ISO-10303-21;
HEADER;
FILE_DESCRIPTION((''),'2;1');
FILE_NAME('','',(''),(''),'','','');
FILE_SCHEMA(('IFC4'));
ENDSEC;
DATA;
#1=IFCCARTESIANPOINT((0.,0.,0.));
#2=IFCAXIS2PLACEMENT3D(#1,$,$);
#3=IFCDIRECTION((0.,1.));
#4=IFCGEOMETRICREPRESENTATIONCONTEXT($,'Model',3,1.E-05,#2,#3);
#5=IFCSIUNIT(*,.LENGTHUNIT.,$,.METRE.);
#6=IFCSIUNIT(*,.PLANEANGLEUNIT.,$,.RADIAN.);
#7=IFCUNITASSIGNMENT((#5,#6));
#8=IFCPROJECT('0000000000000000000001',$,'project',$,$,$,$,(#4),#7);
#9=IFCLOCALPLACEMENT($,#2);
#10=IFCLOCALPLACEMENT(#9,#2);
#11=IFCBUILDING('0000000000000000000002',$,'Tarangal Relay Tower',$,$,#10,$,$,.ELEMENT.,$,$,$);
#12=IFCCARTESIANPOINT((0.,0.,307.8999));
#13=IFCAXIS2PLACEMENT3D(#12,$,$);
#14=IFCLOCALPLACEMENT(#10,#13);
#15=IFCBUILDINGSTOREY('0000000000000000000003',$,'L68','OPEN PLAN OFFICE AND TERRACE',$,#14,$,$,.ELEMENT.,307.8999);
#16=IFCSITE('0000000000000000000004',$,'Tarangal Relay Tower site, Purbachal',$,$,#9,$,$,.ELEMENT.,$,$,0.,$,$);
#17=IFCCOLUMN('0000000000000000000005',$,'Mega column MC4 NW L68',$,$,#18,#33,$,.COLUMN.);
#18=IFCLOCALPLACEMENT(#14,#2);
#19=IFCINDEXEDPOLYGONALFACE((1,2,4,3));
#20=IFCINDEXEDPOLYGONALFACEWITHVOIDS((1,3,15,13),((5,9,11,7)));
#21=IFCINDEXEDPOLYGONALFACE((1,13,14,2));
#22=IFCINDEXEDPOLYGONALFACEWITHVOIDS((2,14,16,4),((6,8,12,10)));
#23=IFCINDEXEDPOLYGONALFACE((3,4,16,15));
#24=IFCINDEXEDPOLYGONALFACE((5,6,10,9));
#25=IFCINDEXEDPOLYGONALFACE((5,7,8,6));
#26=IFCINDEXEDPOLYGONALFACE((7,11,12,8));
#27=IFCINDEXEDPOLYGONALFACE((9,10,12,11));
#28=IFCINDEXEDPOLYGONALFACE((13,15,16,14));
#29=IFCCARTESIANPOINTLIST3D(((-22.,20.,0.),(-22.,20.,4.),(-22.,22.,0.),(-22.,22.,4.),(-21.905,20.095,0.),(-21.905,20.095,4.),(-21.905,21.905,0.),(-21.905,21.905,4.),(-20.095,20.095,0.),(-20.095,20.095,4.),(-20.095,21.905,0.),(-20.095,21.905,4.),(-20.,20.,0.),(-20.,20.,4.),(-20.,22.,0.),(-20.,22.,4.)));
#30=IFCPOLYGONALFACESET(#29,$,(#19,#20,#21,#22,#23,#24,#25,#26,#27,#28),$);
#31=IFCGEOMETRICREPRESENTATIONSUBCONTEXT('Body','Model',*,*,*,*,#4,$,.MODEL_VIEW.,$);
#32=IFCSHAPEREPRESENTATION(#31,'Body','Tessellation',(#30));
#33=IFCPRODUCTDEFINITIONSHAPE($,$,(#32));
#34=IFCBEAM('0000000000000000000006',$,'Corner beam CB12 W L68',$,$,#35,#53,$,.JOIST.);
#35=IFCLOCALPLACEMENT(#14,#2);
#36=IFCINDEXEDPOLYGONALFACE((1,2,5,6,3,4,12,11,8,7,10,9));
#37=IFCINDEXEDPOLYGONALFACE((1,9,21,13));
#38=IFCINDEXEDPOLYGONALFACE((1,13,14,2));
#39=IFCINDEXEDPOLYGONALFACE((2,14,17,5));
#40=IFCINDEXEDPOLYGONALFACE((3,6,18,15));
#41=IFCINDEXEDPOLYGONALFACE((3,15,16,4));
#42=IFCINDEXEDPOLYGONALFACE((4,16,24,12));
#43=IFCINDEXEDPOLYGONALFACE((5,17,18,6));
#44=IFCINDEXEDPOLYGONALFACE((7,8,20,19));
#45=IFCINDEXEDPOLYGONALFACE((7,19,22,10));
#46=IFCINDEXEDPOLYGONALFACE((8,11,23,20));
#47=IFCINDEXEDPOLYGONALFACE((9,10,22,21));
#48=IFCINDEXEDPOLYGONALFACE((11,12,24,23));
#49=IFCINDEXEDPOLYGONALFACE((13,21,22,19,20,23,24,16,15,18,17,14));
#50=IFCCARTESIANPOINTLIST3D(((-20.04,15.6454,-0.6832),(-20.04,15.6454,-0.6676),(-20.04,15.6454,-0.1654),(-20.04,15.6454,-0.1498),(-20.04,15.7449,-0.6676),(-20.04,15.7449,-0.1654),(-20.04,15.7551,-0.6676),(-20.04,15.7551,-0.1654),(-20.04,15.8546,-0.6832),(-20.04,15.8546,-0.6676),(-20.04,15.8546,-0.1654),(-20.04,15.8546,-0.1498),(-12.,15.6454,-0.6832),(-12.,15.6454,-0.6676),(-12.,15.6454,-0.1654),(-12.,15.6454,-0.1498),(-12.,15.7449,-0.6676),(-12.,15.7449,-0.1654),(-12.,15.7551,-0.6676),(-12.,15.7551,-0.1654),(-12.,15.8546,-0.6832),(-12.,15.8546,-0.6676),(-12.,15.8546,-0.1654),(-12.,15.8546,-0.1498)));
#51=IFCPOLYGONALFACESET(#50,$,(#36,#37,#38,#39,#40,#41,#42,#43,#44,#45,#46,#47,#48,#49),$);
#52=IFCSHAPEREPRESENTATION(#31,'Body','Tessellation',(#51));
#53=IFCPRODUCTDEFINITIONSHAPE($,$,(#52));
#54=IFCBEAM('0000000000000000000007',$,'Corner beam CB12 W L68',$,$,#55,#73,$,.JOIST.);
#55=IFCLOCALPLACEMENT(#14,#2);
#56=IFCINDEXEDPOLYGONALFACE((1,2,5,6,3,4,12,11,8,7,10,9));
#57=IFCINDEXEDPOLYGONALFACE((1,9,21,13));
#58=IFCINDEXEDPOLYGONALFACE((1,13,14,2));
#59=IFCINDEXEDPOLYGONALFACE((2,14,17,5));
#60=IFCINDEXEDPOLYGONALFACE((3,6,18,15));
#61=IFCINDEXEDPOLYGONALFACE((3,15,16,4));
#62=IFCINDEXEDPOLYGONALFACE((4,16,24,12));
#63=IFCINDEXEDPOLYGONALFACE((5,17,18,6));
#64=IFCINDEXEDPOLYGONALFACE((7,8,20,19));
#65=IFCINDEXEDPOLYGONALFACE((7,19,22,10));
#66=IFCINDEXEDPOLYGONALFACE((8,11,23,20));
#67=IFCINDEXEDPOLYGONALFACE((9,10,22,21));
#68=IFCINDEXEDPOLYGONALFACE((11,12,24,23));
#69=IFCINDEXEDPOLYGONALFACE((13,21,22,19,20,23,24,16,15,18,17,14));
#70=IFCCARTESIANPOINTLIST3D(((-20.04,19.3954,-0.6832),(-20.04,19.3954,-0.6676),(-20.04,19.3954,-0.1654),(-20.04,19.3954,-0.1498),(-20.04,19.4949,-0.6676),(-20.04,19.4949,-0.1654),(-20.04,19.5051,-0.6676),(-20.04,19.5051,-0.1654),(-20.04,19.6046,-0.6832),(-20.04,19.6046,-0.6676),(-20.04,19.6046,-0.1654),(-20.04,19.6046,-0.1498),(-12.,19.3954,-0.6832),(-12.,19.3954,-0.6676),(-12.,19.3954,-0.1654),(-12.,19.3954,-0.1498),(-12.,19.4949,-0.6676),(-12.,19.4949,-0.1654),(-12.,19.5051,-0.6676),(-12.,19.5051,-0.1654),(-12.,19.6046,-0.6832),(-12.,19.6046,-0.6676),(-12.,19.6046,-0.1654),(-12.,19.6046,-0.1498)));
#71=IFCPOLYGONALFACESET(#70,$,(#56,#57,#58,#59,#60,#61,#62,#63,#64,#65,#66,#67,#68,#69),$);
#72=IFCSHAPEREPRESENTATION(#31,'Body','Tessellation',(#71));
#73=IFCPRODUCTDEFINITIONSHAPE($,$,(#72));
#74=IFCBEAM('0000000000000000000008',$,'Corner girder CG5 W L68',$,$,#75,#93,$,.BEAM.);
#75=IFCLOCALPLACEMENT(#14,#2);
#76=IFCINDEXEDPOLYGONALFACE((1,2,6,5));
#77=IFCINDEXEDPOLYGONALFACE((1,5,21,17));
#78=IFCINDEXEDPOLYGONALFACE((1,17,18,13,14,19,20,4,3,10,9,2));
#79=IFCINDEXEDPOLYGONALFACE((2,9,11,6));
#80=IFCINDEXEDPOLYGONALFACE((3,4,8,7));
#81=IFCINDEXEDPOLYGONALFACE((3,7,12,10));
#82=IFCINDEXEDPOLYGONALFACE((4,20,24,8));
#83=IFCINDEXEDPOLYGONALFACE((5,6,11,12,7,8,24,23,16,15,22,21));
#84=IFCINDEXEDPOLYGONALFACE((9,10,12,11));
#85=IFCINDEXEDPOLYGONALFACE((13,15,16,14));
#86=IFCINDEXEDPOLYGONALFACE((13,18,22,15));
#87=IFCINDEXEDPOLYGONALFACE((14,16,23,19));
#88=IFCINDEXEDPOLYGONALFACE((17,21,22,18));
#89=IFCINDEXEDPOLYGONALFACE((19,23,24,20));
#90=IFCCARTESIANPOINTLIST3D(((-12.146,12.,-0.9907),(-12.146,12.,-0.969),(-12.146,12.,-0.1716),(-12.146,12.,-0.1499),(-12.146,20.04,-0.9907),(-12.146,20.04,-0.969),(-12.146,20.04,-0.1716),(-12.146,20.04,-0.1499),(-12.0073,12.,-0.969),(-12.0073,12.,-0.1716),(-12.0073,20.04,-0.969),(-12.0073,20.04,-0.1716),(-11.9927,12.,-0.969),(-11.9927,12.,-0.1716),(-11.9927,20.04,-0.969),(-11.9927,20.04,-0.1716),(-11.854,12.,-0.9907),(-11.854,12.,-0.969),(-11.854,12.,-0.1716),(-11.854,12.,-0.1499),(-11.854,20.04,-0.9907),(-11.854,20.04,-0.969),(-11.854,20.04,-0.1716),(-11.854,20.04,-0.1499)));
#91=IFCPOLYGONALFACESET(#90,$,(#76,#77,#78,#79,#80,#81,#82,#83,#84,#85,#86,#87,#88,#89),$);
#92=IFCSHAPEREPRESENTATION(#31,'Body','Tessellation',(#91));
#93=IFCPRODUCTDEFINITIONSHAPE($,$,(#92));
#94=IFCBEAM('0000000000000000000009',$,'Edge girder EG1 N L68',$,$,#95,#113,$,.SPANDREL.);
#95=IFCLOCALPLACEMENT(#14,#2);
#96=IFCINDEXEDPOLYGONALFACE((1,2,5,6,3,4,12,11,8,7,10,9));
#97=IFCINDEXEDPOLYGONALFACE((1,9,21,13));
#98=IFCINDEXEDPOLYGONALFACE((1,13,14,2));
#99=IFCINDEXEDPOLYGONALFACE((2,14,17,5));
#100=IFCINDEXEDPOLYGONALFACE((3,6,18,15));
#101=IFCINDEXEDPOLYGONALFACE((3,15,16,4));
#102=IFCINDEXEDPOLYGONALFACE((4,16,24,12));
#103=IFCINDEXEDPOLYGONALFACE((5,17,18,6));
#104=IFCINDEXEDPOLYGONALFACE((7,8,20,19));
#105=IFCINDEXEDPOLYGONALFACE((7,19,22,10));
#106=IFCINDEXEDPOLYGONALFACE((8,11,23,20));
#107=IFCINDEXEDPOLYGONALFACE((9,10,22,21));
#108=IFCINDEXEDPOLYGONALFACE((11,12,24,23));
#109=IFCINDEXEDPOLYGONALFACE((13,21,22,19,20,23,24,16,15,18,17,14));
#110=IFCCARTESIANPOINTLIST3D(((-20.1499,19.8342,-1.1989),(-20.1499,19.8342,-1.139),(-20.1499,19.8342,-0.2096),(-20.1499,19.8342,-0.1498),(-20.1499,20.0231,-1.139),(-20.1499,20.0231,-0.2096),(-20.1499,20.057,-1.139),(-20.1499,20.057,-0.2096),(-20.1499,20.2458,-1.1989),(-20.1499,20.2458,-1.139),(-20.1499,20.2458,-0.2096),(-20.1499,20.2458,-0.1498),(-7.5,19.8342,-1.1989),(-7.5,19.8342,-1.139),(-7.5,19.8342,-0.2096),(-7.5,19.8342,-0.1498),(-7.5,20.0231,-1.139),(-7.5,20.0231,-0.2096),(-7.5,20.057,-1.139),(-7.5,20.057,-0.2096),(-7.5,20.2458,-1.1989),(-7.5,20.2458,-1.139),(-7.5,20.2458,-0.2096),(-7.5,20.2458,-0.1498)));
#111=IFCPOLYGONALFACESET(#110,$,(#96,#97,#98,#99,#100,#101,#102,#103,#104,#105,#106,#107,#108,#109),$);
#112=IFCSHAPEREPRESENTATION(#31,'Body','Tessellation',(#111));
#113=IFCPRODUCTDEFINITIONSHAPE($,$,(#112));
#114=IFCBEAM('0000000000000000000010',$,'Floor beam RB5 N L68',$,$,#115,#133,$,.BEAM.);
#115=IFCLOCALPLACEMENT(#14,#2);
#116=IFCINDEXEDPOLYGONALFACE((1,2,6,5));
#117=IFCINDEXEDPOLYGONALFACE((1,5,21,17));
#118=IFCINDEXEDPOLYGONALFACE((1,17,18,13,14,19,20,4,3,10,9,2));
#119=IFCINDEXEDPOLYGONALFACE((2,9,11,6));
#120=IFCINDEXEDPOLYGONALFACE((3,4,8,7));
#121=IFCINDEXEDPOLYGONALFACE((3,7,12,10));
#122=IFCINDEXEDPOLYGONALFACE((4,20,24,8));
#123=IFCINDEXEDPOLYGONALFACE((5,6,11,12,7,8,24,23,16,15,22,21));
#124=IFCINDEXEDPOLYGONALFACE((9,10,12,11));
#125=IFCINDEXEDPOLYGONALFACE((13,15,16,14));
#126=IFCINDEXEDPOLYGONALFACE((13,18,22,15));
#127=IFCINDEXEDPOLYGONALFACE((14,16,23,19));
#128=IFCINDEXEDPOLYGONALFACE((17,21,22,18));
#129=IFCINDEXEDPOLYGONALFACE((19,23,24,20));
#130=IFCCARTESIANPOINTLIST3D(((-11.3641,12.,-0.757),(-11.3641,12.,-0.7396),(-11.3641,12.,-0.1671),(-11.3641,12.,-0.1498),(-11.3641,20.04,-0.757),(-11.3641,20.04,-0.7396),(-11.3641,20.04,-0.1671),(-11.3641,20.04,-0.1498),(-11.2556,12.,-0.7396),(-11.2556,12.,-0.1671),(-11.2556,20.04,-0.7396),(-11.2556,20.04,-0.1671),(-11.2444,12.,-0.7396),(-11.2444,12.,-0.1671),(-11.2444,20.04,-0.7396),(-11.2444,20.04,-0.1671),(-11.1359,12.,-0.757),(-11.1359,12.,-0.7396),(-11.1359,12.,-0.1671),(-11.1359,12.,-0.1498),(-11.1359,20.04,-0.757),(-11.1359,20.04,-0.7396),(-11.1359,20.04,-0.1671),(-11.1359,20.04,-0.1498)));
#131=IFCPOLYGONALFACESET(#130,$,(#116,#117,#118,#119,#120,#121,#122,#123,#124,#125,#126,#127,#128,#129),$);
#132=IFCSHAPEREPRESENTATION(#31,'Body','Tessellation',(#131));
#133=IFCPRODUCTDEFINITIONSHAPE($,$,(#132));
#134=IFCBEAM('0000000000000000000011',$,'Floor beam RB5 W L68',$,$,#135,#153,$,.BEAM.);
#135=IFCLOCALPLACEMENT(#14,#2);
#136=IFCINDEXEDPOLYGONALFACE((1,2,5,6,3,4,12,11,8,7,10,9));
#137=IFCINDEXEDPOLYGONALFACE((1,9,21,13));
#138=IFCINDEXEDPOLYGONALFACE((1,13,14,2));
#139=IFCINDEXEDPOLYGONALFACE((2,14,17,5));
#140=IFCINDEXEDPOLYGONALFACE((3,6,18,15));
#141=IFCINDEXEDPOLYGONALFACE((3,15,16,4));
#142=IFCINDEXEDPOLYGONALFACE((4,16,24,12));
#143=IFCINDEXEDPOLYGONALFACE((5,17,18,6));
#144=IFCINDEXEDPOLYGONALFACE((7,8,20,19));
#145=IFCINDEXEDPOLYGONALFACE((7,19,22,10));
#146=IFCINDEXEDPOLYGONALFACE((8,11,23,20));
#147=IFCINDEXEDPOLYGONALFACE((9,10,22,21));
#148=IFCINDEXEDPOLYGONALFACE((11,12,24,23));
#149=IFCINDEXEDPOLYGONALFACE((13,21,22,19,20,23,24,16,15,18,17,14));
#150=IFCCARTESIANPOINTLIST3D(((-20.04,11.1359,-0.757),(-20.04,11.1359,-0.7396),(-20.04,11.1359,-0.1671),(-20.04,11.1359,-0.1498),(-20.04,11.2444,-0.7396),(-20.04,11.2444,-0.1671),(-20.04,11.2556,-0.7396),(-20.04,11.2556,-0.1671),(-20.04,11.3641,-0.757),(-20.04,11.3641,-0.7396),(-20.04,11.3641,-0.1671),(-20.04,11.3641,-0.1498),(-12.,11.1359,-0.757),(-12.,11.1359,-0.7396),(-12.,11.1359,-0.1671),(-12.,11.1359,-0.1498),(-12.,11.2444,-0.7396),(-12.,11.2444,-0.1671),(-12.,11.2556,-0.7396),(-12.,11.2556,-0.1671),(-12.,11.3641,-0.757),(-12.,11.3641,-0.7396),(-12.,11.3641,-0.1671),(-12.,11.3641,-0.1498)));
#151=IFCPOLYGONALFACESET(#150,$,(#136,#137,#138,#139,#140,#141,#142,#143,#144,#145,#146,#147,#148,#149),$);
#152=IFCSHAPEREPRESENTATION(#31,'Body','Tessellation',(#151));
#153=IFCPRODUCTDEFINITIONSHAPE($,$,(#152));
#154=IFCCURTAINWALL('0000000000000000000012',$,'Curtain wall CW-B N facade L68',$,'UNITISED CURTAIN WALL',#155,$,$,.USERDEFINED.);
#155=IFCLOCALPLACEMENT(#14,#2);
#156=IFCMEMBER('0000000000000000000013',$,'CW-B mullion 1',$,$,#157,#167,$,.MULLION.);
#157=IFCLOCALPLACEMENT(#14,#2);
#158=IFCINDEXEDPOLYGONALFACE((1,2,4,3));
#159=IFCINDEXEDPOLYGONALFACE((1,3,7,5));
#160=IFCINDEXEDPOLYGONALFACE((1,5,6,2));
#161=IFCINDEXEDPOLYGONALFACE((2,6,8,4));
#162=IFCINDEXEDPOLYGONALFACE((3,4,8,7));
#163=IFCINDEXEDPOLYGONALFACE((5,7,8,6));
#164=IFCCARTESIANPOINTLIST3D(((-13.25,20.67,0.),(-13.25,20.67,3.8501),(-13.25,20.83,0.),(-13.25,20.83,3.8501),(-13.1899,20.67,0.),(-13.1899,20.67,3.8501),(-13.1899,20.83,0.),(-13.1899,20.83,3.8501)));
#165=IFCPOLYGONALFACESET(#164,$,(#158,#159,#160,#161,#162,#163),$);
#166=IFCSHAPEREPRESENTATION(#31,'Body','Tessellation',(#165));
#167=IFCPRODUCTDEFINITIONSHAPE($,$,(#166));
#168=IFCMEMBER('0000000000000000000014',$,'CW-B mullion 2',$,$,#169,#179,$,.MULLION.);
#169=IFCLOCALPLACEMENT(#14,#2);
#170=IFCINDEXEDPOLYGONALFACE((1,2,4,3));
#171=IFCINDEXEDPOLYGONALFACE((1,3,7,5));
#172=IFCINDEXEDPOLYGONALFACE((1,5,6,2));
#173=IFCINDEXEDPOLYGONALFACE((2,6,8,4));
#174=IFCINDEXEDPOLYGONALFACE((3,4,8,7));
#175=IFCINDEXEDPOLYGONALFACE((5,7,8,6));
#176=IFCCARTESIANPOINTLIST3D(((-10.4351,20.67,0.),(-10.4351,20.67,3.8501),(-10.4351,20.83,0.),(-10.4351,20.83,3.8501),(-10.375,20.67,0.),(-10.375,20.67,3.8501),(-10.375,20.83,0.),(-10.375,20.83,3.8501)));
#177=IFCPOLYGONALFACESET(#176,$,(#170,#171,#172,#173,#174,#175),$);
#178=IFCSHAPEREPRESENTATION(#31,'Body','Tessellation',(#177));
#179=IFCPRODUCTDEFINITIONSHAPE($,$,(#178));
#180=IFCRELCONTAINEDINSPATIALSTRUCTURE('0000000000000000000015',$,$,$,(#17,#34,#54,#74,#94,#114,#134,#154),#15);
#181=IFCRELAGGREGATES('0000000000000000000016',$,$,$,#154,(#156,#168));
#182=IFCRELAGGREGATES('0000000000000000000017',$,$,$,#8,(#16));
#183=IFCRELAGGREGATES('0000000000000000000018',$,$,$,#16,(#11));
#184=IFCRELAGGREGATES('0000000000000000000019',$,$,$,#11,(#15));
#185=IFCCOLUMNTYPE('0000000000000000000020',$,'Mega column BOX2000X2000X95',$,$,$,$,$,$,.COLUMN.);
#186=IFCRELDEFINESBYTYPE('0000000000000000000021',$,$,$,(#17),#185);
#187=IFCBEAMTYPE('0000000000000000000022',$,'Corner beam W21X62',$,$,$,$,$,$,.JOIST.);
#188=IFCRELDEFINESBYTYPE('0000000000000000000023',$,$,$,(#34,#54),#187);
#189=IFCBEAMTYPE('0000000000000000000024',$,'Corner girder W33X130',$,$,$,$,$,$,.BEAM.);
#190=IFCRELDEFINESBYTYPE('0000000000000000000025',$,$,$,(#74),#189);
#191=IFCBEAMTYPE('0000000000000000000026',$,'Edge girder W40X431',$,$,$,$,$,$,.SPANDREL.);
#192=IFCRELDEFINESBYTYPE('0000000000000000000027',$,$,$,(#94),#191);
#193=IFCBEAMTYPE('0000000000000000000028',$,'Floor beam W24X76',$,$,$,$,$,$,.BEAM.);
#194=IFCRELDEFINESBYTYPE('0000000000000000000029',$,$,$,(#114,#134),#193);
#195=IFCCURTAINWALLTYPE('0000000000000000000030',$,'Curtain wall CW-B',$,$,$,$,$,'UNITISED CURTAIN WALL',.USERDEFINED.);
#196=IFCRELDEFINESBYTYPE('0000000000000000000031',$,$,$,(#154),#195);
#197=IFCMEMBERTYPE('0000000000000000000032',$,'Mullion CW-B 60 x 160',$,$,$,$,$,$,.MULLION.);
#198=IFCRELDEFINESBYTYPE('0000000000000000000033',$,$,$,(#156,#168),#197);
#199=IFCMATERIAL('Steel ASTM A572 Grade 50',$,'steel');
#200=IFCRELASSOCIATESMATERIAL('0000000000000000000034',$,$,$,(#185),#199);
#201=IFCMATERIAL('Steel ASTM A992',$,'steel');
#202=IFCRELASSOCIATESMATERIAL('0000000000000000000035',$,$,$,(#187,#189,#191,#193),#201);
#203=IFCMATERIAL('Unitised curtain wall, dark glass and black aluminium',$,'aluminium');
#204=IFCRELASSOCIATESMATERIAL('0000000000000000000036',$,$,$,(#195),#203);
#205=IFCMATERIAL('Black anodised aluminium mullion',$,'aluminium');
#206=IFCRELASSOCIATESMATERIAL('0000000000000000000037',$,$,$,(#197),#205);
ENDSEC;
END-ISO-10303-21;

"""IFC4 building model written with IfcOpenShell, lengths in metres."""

from ifc_helpers import new_model, si_unit, direction, frame, origin, origin_2d, place, context, subcontext, project, spatial, rectangle, hollow_rectangle, i_section, extrude, material, material_profile, profile_set, type_object, element, aggregate, save


model = new_model("IFC4")

# Units and contexts
model_context = context("Model", 3, precision=1e-05, world=origin(), true_north=direction((0.0, 1.0)))
body_context = subcontext(model_context, "Body", "Model", "MODEL_VIEW")
ifc_project = project(units=[si_unit("LENGTHUNIT", "METRE"), si_unit("PLANEANGLEUNIT", "RADIAN")], contexts=[model_context])

# Site, building, storey
site_placement = place(None, origin())
site = spatial("IfcSite", under=ifc_project, at=site_placement, Name="Tarangal Relay Tower site, Purbachal", CompositionType="ELEMENT", RefElevation=0.0)
building_placement = place(site_placement, origin())
building = spatial("IfcBuilding", under=site, at=building_placement, Name="Tarangal Relay Tower", CompositionType="ELEMENT")
storey_placement = place(building_placement, frame((0.0, 0.0, 307.8999)))
storey = spatial("IfcBuildingStorey", under=building, at=storey_placement, Name="L68", Description="OPEN PLAN OFFICE AND TERRACE", CompositionType="ELEMENT", Elevation=307.8999)

# Column
ifc_material_1 = material(Name="Steel ASTM A572 Grade 50", Category="steel")
ifc_material_profile_1 = material_profile(ifc_material_1, hollow_rectangle(XDim=2.0, YDim=2.0, WallThickness=0.095, at=origin_2d()), Name="BOX2000X2000X95")
ifc_profile_set_1 = profile_set([ifc_material_profile_1], Name="Steel ASTM A572 Grade 50")
column_type = type_object("IfcColumnType", Name="Mega column BOX2000X2000X95", PredefinedType="COLUMN", material=ifc_profile_set_1)
column_placement = place(storey_placement, frame((-21.0, 21.0, 0.0), z_axis=(0.0, 0.0, 1.0), x_axis=(1.0, 0.0, 0.0)))
element("IfcColumn", 1, at=column_placement, inside=storey, type_object=column_type, Name="Mega column MC4 NW L68", PredefinedType="COLUMN", context=body_context, shape_type="SweptSolid", body=[
    extrude(hollow_rectangle(XDim=2.0, YDim=2.0, WallThickness=0.095, at=origin_2d()), origin(), (0.0, 0.0, 1.0), 4.0),
])

# Beams
ifc_material_2 = material(Name="Steel ASTM A992", Category="steel")
ifc_material_profile_2 = material_profile(ifc_material_2, i_section(OverallWidth=0.2092, OverallDepth=0.5334, WebThickness=0.0103, FlangeThickness=0.0156, at=origin_2d()), Name="W21X62")
ifc_profile_set_2 = profile_set([ifc_material_profile_2], Name="Steel ASTM A992")
beam_type_1 = type_object("IfcBeamType", Name="Corner beam W21X62", PredefinedType="JOIST", material=ifc_profile_set_2)
for number, where, z_axis, x_axis, name in (
    (2, (-12.0, 15.75, -0.4165), (-1.0, 0.0, 0.0), (0.0, -1.0, 0.0), "Corner beam CB12 W L68"),
    (3, (-12.0, 19.5, -0.4165), (-1.0, 0.0, 0.0), (0.0, -1.0, 0.0), "Corner beam CB12 W L68"),
):
    element("IfcBeam", number, at=place(storey_placement, frame(where, z_axis=z_axis, x_axis=x_axis)), inside=storey, type_object=beam_type_1, Name=name, PredefinedType="JOIST", context=body_context, shape_type="SweptSolid", body=[
        extrude(i_section(OverallWidth=0.2092, OverallDepth=0.5334, WebThickness=0.0103, FlangeThickness=0.0156, at=origin_2d()), origin(), (0.0, 0.0, 1.0), 8.04),
    ])
ifc_material_profile_3 = material_profile(ifc_material_2, i_section(OverallWidth=0.292, OverallDepth=0.8408, WebThickness=0.0146, FlangeThickness=0.0217, at=origin_2d()), Name="W33X130")
ifc_profile_set_3 = profile_set([ifc_material_profile_3], Name="Steel ASTM A992")
beam_type_2 = type_object("IfcBeamType", Name="Corner girder W33X130", PredefinedType="BEAM", material=ifc_profile_set_3)
beam_1_placement = place(storey_placement, frame((-12.0, 12.0, -0.5703), z_axis=(0.0, 1.0, 0.0), x_axis=(-1.0, 0.0, 0.0)))
element("IfcBeam", 4, at=beam_1_placement, inside=storey, type_object=beam_type_2, Name="Corner girder CG5 W L68", PredefinedType="BEAM", context=body_context, shape_type="SweptSolid", body=[
    extrude(i_section(OverallWidth=0.292, OverallDepth=0.8408, WebThickness=0.0146, FlangeThickness=0.0217, at=origin_2d()), origin(), (0.0, 0.0, 1.0), 8.04),
])
ifc_material_profile_4 = material_profile(ifc_material_2, i_section(OverallWidth=0.4116, OverallDepth=1.0491, WebThickness=0.0339, FlangeThickness=0.0598, at=origin_2d()), Name="W40X431")
ifc_profile_set_4 = profile_set([ifc_material_profile_4], Name="Steel ASTM A992")
beam_type_3 = type_object("IfcBeamType", Name="Edge girder W40X431", PredefinedType="SPANDREL", material=ifc_profile_set_4)
beam_2_placement = place(storey_placement, frame((-20.1499, 20.04, -0.6743), z_axis=(1.0, 0.0, 0.0), x_axis=(0.0, 1.0, 0.0)))
element("IfcBeam", 5, at=beam_2_placement, inside=storey, type_object=beam_type_3, Name="Edge girder EG1 N L68", PredefinedType="SPANDREL", context=body_context, shape_type="SweptSolid", body=[
    extrude(i_section(OverallWidth=0.4116, OverallDepth=1.0491, WebThickness=0.0339, FlangeThickness=0.0598, at=origin_2d()), origin(), (0.0, 0.0, 1.0), 12.6499),
])
ifc_material_profile_5 = material_profile(ifc_material_2, i_section(OverallWidth=0.2283, OverallDepth=0.6072, WebThickness=0.0112, FlangeThickness=0.0173, at=origin_2d()), Name="W24X76")
ifc_profile_set_5 = profile_set([ifc_material_profile_5], Name="Steel ASTM A992")
beam_type_4 = type_object("IfcBeamType", Name="Floor beam W24X76", PredefinedType="BEAM", material=ifc_profile_set_5)
for number, where, z_axis, x_axis, name in (
    (6, (-11.25, 12.0, -0.4534), (0.0, 1.0, 0.0), (-1.0, 0.0, 0.0), "Floor beam RB5 N L68"),
    (7, (-12.0, 11.25, -0.4534), (-1.0, 0.0, 0.0), (0.0, -1.0, 0.0), "Floor beam RB5 W L68"),
):
    element("IfcBeam", number, at=place(storey_placement, frame(where, z_axis=z_axis, x_axis=x_axis)), inside=storey, type_object=beam_type_4, Name=name, PredefinedType="BEAM", context=body_context, shape_type="SweptSolid", body=[
        extrude(i_section(OverallWidth=0.2283, OverallDepth=0.6072, WebThickness=0.0112, FlangeThickness=0.0173, at=origin_2d()), origin(), (0.0, 0.0, 1.0), 8.04),
    ])

# Curtain wall, members
ifc_material_3 = material(Name="Unitised curtain wall, dark glass and black aluminium", Category="aluminium")
curtain_wall_type = type_object("IfcCurtainWallType", Name="Curtain wall CW-B", ElementType="UNITISED CURTAIN WALL", PredefinedType="USERDEFINED", material=ifc_material_3)
curtain_wall_1_placement = place(storey_placement, origin())
curtain_wall_1 = element("IfcCurtainWall", 8, at=curtain_wall_1_placement, inside=storey, type_object=curtain_wall_type, Name="Curtain wall CW-B N facade L68", ObjectType="UNITISED CURTAIN WALL", PredefinedType="USERDEFINED")
ifc_material_4 = material(Name="Black anodised aluminium mullion", Category="aluminium")
ifc_material_profile_6 = material_profile(ifc_material_4, rectangle(XDim=0.1599, YDim=0.0601, at=origin_2d()), Name="CW-BM 60X160")
ifc_profile_set_6 = profile_set([ifc_material_profile_6], Name="Black anodised aluminium mullion")
member_type_1 = type_object("IfcMemberType", Name="Mullion CW-B 60 x 160", PredefinedType="MULLION", material=ifc_profile_set_6)
member_1_placement = place(storey_placement, frame((-13.22, 20.75, 0.0), z_axis=(0.0, 0.0, 1.0), x_axis=(0.0, 1.0, 0.0)))
member_1 = element("IfcMember", 9, at=member_1_placement, type_object=member_type_1, Name="CW-B mullion 1", PredefinedType="MULLION", context=body_context, shape_type="SweptSolid", body=[
    extrude(rectangle(XDim=0.1599, YDim=0.0601, at=origin_2d()), origin(), (0.0, 0.0, 1.0), 3.8501),
])
member_2_placement = place(storey_placement, frame((-10.405, 20.75, 0.0), z_axis=(0.0, 0.0, 1.0), x_axis=(0.0, 1.0, 0.0)))
member_2 = element("IfcMember", 10, at=member_2_placement, type_object=member_type_1, Name="CW-B mullion 2", PredefinedType="MULLION", context=body_context, shape_type="SweptSolid", body=[
    extrude(rectangle(XDim=0.1599, YDim=0.0601, at=origin_2d()), origin(), (0.0, 0.0, 1.0), 3.8501),
])

aggregate(curtain_wall_1, [member_1, member_2])

save(model, "model.ifc")
